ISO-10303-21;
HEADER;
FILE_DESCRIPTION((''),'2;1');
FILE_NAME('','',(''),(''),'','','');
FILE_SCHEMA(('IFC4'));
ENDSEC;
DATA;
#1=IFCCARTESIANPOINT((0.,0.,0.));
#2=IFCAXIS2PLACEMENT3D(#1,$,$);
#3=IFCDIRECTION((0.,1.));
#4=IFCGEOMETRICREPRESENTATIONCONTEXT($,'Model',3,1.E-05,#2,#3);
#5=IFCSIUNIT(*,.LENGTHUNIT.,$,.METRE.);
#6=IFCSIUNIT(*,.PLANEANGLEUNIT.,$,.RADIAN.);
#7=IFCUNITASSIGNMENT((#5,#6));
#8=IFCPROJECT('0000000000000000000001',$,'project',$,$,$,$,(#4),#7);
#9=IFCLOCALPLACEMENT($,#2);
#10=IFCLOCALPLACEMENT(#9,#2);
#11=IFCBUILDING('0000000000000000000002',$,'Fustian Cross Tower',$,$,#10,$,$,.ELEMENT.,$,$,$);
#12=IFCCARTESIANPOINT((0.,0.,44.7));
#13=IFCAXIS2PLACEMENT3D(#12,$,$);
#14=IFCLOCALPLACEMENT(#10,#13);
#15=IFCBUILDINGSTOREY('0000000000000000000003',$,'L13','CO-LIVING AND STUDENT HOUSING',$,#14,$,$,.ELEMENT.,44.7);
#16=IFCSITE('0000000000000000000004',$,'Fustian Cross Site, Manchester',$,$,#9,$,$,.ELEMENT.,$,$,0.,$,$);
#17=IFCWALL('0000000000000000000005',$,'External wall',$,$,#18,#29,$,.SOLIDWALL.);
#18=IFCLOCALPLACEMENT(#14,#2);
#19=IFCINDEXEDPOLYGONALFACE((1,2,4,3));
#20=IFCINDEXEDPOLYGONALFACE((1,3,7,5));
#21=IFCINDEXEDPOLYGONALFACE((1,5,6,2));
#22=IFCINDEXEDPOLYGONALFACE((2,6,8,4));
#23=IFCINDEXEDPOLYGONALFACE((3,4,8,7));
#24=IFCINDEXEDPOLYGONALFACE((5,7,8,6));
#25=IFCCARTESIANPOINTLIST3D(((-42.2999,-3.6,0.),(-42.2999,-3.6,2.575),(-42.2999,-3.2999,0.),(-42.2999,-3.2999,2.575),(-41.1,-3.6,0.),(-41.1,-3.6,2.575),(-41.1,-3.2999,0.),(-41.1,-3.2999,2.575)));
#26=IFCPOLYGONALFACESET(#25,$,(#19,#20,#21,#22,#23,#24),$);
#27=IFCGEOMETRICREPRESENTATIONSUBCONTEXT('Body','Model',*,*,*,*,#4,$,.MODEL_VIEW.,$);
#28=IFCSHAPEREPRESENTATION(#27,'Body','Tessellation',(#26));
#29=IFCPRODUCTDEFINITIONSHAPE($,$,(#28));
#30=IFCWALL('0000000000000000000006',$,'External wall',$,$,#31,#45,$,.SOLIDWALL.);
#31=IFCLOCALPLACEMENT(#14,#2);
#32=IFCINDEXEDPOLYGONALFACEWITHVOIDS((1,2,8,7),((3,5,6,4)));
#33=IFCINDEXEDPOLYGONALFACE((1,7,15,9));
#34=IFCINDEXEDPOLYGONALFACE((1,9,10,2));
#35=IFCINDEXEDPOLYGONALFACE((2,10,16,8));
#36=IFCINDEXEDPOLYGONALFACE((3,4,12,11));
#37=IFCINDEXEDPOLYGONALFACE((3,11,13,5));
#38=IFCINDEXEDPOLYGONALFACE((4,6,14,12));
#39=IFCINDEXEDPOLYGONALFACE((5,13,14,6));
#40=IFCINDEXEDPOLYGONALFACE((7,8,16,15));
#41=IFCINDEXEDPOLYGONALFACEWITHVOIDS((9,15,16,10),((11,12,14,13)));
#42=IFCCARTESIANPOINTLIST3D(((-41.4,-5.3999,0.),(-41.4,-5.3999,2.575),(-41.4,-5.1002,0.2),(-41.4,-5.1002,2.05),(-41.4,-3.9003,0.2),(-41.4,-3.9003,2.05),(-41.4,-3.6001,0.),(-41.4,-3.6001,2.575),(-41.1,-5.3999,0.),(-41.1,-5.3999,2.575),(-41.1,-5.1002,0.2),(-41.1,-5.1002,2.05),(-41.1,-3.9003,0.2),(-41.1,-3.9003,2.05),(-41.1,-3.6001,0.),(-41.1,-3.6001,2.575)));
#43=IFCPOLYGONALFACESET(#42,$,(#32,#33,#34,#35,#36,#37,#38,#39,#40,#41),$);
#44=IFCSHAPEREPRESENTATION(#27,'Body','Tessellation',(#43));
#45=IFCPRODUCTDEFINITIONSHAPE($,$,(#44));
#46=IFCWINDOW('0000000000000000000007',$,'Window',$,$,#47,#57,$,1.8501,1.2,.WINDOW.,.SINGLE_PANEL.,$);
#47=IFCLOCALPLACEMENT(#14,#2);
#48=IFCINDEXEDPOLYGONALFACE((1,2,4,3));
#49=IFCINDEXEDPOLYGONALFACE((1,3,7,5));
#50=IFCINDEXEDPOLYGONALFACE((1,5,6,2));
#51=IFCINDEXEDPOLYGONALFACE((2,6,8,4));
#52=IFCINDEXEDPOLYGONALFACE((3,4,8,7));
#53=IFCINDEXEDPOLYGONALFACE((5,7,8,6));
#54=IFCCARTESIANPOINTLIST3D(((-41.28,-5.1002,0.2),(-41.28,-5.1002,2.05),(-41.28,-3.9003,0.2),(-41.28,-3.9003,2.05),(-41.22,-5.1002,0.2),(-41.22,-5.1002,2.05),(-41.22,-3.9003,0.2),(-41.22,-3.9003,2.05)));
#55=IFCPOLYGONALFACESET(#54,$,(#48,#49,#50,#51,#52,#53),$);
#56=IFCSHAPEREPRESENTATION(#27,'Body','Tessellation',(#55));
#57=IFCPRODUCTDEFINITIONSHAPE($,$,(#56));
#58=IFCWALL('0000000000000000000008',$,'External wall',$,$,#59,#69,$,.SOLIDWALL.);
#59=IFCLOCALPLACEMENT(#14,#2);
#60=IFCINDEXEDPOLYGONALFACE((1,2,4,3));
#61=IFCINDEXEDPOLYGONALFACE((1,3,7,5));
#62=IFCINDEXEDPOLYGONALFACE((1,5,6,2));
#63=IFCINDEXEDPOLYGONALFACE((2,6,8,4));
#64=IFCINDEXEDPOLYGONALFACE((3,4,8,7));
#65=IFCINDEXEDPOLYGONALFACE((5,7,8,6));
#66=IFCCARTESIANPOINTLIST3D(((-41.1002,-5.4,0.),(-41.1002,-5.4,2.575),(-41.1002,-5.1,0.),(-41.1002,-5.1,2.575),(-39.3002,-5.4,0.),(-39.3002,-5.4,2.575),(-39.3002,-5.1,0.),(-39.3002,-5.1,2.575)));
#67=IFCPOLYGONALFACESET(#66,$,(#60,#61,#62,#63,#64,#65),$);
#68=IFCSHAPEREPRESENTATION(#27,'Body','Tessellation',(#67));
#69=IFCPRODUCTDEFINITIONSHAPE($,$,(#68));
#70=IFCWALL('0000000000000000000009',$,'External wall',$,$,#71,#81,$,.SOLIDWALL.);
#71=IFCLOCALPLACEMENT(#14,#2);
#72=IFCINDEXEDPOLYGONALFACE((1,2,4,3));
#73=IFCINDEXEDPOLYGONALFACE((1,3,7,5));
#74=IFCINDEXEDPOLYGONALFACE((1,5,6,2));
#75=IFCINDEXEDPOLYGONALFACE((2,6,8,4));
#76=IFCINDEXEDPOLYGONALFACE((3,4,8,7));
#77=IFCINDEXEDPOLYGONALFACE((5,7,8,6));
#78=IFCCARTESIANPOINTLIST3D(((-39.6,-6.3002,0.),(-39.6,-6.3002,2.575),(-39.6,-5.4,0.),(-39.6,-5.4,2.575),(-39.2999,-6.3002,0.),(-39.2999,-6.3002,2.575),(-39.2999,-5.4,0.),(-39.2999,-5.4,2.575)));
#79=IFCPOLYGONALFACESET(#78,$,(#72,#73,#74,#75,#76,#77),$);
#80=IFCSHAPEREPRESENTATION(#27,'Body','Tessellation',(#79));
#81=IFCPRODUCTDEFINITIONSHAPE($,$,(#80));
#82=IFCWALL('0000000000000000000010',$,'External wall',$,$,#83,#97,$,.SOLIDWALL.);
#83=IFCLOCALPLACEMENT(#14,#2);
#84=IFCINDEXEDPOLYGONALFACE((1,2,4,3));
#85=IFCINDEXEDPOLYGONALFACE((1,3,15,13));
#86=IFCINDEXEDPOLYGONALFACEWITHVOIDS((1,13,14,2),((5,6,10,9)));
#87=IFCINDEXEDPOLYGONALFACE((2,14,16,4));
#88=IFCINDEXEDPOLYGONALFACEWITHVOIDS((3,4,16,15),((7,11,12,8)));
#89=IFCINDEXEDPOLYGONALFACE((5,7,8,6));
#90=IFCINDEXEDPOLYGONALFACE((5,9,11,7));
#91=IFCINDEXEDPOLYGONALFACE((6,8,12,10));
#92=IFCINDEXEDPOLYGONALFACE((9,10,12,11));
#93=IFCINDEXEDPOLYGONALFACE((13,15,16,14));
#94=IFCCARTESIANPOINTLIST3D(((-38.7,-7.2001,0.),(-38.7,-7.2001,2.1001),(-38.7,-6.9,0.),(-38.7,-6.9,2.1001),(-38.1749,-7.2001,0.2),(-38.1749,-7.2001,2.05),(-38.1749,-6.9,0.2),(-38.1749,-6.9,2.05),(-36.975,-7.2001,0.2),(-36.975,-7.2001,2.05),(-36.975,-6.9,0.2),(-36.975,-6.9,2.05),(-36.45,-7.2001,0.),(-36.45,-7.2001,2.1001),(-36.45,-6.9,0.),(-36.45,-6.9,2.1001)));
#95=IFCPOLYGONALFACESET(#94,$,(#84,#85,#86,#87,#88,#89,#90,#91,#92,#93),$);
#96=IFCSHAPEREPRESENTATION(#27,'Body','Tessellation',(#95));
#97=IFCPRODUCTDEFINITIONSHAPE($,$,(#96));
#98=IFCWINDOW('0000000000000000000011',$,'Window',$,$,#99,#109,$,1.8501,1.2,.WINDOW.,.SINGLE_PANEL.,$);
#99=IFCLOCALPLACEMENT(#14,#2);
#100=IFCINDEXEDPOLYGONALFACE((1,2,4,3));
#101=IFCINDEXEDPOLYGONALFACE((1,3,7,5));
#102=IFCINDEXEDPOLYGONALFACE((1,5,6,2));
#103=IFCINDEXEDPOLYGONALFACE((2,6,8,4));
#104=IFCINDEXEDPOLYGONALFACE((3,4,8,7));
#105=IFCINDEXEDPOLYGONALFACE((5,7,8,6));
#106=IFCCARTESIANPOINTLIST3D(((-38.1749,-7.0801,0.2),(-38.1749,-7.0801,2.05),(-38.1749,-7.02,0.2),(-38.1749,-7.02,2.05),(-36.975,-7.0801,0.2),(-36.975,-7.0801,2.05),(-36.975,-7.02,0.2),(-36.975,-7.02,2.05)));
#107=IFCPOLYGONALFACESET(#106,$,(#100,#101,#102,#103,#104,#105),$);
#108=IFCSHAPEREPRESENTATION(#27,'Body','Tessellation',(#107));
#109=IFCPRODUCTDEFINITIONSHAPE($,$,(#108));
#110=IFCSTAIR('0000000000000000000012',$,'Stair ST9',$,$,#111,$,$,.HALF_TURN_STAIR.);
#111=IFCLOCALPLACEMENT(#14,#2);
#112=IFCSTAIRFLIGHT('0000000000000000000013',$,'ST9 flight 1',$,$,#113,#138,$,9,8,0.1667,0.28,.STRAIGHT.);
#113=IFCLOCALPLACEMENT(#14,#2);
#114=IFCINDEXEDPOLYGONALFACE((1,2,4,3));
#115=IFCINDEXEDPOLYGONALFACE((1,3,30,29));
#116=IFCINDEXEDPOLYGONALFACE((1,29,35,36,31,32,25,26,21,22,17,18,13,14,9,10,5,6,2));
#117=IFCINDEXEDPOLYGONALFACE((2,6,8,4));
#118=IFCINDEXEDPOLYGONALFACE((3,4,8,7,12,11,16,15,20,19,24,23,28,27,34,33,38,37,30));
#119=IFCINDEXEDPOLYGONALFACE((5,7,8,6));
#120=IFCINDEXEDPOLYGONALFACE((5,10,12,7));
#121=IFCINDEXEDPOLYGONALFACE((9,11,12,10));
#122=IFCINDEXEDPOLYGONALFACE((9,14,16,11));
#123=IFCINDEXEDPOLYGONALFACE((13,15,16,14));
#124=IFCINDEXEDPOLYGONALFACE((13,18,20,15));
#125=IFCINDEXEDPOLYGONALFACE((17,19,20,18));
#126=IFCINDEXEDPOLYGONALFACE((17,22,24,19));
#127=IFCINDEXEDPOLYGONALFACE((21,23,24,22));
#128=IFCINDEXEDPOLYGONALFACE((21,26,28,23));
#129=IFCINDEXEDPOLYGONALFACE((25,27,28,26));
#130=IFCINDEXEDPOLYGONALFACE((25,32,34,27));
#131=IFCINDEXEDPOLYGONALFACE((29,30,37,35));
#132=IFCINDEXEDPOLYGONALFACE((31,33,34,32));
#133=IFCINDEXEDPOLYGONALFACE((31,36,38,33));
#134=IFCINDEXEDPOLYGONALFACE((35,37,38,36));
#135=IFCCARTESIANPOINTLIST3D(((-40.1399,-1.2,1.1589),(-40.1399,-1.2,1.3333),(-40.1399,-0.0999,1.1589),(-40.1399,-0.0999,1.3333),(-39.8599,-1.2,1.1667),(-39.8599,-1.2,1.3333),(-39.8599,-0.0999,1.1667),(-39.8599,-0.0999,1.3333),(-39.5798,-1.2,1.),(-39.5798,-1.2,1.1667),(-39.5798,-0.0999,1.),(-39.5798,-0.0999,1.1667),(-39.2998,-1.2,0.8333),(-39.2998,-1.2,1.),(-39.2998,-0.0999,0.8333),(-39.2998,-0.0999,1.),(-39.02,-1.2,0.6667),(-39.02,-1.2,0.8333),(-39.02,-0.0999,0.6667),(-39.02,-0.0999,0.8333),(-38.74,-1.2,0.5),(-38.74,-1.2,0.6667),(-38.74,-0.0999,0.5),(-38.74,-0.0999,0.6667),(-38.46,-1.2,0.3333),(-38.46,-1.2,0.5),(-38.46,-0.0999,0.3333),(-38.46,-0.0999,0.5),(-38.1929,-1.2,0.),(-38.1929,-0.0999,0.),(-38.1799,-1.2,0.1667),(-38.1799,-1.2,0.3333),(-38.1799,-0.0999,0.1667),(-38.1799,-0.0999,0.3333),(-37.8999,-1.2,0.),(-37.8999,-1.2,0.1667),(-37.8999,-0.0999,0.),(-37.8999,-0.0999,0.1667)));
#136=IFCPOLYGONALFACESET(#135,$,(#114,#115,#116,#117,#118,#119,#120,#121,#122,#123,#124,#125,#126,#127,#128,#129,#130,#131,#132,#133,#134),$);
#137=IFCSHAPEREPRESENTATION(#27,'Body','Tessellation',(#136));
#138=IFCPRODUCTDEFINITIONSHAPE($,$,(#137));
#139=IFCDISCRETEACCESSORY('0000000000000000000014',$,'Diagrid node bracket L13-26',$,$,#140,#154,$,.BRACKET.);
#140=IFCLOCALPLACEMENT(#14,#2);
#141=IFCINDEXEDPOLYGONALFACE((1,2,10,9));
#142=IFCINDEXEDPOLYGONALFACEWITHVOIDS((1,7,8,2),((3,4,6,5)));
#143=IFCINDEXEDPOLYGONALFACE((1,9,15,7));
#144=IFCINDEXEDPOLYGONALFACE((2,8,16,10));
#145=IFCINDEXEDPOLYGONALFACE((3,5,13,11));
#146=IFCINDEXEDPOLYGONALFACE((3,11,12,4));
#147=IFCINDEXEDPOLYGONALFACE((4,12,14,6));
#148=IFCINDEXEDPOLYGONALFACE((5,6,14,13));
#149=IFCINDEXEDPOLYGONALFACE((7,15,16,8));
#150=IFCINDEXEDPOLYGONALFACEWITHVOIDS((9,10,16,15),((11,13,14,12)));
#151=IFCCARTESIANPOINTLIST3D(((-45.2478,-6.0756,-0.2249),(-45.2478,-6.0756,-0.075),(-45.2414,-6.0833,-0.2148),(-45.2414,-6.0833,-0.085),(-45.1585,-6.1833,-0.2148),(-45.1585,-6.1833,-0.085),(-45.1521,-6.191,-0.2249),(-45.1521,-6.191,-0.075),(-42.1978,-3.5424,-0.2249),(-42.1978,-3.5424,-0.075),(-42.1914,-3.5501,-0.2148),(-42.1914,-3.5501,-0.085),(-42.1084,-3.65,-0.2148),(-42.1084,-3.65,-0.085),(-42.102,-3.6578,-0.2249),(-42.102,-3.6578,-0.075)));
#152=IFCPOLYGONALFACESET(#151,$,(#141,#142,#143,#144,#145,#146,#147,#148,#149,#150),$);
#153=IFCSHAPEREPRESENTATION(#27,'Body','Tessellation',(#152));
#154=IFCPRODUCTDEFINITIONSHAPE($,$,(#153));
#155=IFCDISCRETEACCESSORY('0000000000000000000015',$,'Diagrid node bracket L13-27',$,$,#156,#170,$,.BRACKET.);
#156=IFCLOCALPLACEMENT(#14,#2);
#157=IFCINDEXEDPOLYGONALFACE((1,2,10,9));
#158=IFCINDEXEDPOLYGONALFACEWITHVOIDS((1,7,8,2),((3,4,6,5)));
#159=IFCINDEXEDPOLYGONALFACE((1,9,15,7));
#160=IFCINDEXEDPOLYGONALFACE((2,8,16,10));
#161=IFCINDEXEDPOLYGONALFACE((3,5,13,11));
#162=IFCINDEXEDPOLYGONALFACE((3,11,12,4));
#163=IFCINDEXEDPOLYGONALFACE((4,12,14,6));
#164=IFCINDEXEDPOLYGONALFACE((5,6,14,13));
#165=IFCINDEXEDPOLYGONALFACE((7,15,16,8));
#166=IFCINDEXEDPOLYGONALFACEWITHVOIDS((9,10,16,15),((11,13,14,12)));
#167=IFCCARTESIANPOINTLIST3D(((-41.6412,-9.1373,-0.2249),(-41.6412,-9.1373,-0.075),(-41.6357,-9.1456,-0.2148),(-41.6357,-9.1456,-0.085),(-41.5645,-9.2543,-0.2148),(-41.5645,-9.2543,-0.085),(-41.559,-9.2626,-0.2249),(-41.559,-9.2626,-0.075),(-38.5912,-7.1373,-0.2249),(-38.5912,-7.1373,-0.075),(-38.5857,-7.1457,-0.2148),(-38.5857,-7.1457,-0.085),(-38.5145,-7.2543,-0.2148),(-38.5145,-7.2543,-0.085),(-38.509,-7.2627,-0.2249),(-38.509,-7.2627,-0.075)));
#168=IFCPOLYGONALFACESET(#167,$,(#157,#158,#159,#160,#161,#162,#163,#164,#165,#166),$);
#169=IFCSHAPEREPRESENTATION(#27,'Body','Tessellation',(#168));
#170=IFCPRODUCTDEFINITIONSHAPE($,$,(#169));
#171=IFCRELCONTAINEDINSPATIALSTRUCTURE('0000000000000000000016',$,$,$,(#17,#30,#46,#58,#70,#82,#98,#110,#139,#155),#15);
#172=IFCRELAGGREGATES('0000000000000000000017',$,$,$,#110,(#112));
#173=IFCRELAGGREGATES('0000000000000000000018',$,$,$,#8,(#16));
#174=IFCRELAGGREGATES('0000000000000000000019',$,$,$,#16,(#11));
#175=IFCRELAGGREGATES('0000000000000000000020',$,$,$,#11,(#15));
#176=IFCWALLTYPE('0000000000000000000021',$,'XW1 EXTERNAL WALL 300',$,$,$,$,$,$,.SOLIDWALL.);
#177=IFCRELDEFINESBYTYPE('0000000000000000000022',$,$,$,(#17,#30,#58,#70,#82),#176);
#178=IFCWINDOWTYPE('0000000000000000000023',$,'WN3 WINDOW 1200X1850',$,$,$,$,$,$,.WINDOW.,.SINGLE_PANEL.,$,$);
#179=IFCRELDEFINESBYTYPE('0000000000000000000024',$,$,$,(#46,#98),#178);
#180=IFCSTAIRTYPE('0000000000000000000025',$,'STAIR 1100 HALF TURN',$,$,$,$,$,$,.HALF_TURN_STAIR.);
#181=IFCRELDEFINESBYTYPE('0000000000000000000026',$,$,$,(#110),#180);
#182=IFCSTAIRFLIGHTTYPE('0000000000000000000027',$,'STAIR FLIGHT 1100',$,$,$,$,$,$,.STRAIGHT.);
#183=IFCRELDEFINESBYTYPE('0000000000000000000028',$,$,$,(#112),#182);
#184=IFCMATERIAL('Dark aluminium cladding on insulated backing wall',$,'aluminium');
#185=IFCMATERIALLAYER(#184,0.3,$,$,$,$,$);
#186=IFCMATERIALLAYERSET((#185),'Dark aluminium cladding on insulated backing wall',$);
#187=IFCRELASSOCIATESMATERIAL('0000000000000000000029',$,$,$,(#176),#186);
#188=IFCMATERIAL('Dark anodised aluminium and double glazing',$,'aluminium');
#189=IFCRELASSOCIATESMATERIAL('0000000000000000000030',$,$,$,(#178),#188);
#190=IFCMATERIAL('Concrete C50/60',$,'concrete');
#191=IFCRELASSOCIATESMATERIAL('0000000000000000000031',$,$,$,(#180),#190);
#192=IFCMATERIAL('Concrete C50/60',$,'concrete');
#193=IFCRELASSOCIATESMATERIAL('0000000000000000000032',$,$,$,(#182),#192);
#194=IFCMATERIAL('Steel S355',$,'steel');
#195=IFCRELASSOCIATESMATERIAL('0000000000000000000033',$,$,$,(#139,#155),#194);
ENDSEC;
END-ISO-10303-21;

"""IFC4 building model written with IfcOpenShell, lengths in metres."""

from ifc_helpers import new_model, si_unit, direction, frame, frame_2d, origin, origin_2d, place, context, subcontext, project, spatial, polyline, rectangle, hollow_rectangle, outline, extrude, material, layer, layer_set, type_object, element, fill, aggregate, save


model = new_model("IFC4")

# Units and contexts
model_context = context("Model", 3, precision=1e-05, world=origin(), true_north=direction((0.0, 1.0)))
body_context = subcontext(model_context, "Body", "Model", "MODEL_VIEW")
ifc_project = project(units=[si_unit("LENGTHUNIT", "METRE"), si_unit("PLANEANGLEUNIT", "RADIAN")], contexts=[model_context])

# Site, building, storey
site_placement = place(None, origin())
site = spatial("IfcSite", under=ifc_project, at=site_placement, Name="Fustian Cross Site, Manchester", CompositionType="ELEMENT", RefElevation=0.0)
building_placement = place(site_placement, origin())
building = spatial("IfcBuilding", under=site, at=building_placement, Name="Fustian Cross Tower", CompositionType="ELEMENT")
storey_placement = place(building_placement, frame((0.0, 0.0, 44.7)))
storey = spatial("IfcBuildingStorey", under=building, at=storey_placement, Name="L13", Description="CO-LIVING AND STUDENT HOUSING", CompositionType="ELEMENT", Elevation=44.7)

# Wall
ifc_material_1 = material(Name="Dark aluminium cladding on insulated backing wall", Category="aluminium")
ifc_layer_1 = layer(ifc_material_1, 0.3)
ifc_layer_set_1 = layer_set([ifc_layer_1], Name="Dark aluminium cladding on insulated backing wall")
wall_type_1 = type_object("IfcWallType", Name="XW1 EXTERNAL WALL 300", PredefinedType="SOLIDWALL", material=ifc_layer_set_1)
wall_1_placement = place(storey_placement, frame((-42.3, -3.45, 0.0), z_axis=(0.0, 0.0, 1.0), x_axis=(1.0, 0.0, 0.0)))
element("IfcWall", 1, at=wall_1_placement, inside=storey, type_object=wall_type_1, Name="External wall", PredefinedType="SOLIDWALL", context=body_context, shape_type="SweptSolid", body=[
    extrude(rectangle(XDim=1.2, YDim=0.3, at=frame_2d((0.6001, 0.0))), origin(), (0.0, 0.0, 1.0), 2.575),
])

# Wall, opening, window
wall_2_placement = place(storey_placement, frame((-41.25, -3.6001, 0.0), z_axis=(0.0, 0.0, 1.0), x_axis=(0.0, -1.0, 0.0)))
wall_2 = element("IfcWall", 2, at=wall_2_placement, inside=storey, type_object=wall_type_1, Name="External wall", PredefinedType="SOLIDWALL", context=body_context, shape_type="SweptSolid", body=[
    extrude(rectangle(XDim=1.7998, YDim=0.3, at=frame_2d((0.8999, 0.0))), origin(), (0.0, 0.0, 1.0), 2.575),
])
opening_1_placement = place(wall_2_placement, frame((0.3, 0.0, 0.2)))
opening_1 = element("IfcOpeningElement", 3, at=opening_1_placement, cuts=wall_2, PredefinedType="OPENING", context=body_context, shape_type="SweptSolid", body=[
    extrude(rectangle(XDim=1.2, YDim=1.8501, at=frame_2d((0.6001, 0.925))), frame((0.0, 0.1599, 0.0), z_axis=(0.0, -1.0, 0.0), x_axis=(1.0, 0.0, 0.0)), (0.0, 0.0, 1.0), 0.3201),
])
ifc_material_2 = material(Name="Dark anodised aluminium and double glazing", Category="aluminium")
window_type = type_object("IfcWindowType", Name="WN3 WINDOW 1200X1850", PartitioningType="SINGLE_PANEL", PredefinedType="WINDOW", material=ifc_material_2)
window_1_placement = place(opening_1_placement, origin())
window_1 = element("IfcWindow", 4, at=window_1_placement, inside=storey, type_object=window_type, Name="Window", OverallHeight=1.8501, OverallWidth=1.2, PartitioningType="SINGLE_PANEL", PredefinedType="WINDOW", context=body_context, shape_type="SweptSolid", body=[
    extrude(rectangle(XDim=1.2, YDim=1.8501, at=frame_2d((0.6001, 0.925))), frame((0.0, 0.03, 0.0), z_axis=(0.0, -1.0, 0.0), x_axis=(1.0, 0.0, 0.0)), (0.0, 0.0, 1.0), 0.0601),
])
fill(opening_1, window_1)

# Walls
wall_3_placement = place(storey_placement, frame((-41.1001, -5.25, 0.0), z_axis=(0.0, 0.0, 1.0), x_axis=(1.0, 0.0, 0.0)))
element("IfcWall", 5, at=wall_3_placement, inside=storey, type_object=wall_type_1, Name="External wall", PredefinedType="SOLIDWALL", context=body_context, shape_type="SweptSolid", body=[
    extrude(rectangle(XDim=1.8, YDim=0.3, at=frame_2d((0.8999, 0.0))), origin(), (0.0, 0.0, 1.0), 2.575),
])
wall_4_placement = place(storey_placement, frame((-39.45, -5.3999, 0.0), z_axis=(0.0, 0.0, 1.0), x_axis=(0.0, -1.0, 0.0)))
element("IfcWall", 6, at=wall_4_placement, inside=storey, type_object=wall_type_1, Name="External wall", PredefinedType="SOLIDWALL", context=body_context, shape_type="SweptSolid", body=[
    extrude(rectangle(XDim=0.9001, YDim=0.3, at=frame_2d((0.4502, 0.0))), origin(), (0.0, 0.0, 1.0), 2.575),
])

# Wall, opening, window
wall_5_placement = place(storey_placement, frame((-38.7, -7.05, 0.0), z_axis=(0.0, 0.0, 1.0), x_axis=(1.0, 0.0, 0.0)))
wall_5 = element("IfcWall", 7, at=wall_5_placement, inside=storey, type_object=wall_type_1, Name="External wall", PredefinedType="SOLIDWALL", context=body_context, shape_type="SweptSolid", body=[
    extrude(rectangle(XDim=2.25, YDim=0.3, at=frame_2d((1.125, 0.0))), origin(), (0.0, 0.0, 1.0), 2.1001),
])
opening_2_placement = place(wall_5_placement, frame((0.5249, 0.0, 0.2)))
opening_2 = element("IfcOpeningElement", 8, at=opening_2_placement, cuts=wall_5, PredefinedType="OPENING", context=body_context, shape_type="SweptSolid", body=[
    extrude(rectangle(XDim=1.2, YDim=1.8501, at=frame_2d((0.6001, 0.925))), frame((0.0, 0.1599, 0.0), z_axis=(0.0, -1.0, 0.0), x_axis=(1.0, 0.0, 0.0)), (0.0, 0.0, 1.0), 0.3201),
])
window_2_placement = place(opening_2_placement, origin())
window_2 = element("IfcWindow", 9, at=window_2_placement, inside=storey, type_object=window_type, Name="Window", OverallHeight=1.8501, OverallWidth=1.2, PartitioningType="SINGLE_PANEL", PredefinedType="WINDOW", context=body_context, shape_type="SweptSolid", body=[
    extrude(rectangle(XDim=1.2, YDim=1.8501, at=frame_2d((0.6001, 0.925))), frame((0.0, 0.03, 0.0), z_axis=(0.0, -1.0, 0.0), x_axis=(1.0, 0.0, 0.0)), (0.0, 0.0, 1.0), 0.0601),
])
fill(opening_2, window_2)

# Stair, stair flight
ifc_material_3 = material(Name="Concrete C50/60", Category="concrete")
stair_type = type_object("IfcStairType", Name="STAIR 1100 HALF TURN", PredefinedType="HALF_TURN_STAIR", material=ifc_material_3)
stair_placement = place(storey_placement, origin())
stair = element("IfcStair", 10, at=stair_placement, inside=storey, type_object=stair_type, Name="Stair ST9", PredefinedType="HALF_TURN_STAIR")
ifc_material_4 = material(Name="Concrete C50/60", Category="concrete")
stair_flight_type = type_object("IfcStairFlightType", Name="STAIR FLIGHT 1100", PredefinedType="STRAIGHT", material=ifc_material_4)
stair_flight_placement = place(storey_placement, frame((-37.8999, -0.6499, 0.0), z_axis=(0.0, 0.0, 1.0), x_axis=(-1.0, 0.0, 0.0)))
stair_flight = element("IfcStairFlight", 11, at=stair_flight_placement, type_object=stair_flight_type, Name="ST9 flight 1", NumberOfRisers=9, NumberOfTreads=8, PredefinedType="STRAIGHT", RiserHeight=0.1667, TreadLength=0.28, context=body_context, shape_type="SweptSolid", body=[
    extrude(outline(polyline([(0.0, 0.0), (0.0, 0.1667), (0.28, 0.1667), (0.28, 0.3333), (0.5601, 0.3333), (0.5601, 0.5), (0.8401, 0.5), (0.8401, 0.6667), (1.1201, 0.6667), (1.1201, 0.8333), (1.3999, 0.8333), (1.3999, 1.0), (1.6799, 1.0), (1.6799, 1.1667), (1.96, 1.1667), (1.96, 1.3333), (2.24, 1.3333), (2.24, 1.5), (2.24, 1.1589), (0.293, 0.0), (0.0, 0.0)])), frame((0.0, 0.55, 0.0), z_axis=(0.0, -1.0, 0.0), x_axis=(1.0, 0.0, 0.0)), (0.0, 0.0, 1.0), 1.1001),
])
aggregate(stair, [stair_flight])

# Discrete accessories
ifc_material_5 = material(Name="Steel S355", Category="steel")
discrete_accessory_1_placement = place(storey_placement, frame((-45.2, -6.1333, -0.1499), z_axis=(0.769275, 0.638918, 0.0), x_axis=(-0.638918, 0.769275, 0.0)))
element("IfcDiscreteAccessory", 12, at=discrete_accessory_1_placement, inside=storey, material=ifc_material_5, Name="Diagrid node bracket L13-26", PredefinedType="BRACKET", context=body_context, shape_type="SweptSolid", body=[
    extrude(hollow_rectangle(XDim=0.1499, YDim=0.1499, WallThickness=0.01, at=origin_2d()), origin(), (0.0, 0.0, 1.0), 3.9648),
])
discrete_accessory_2_placement = place(storey_placement, frame((-41.6001, -9.2, -0.1499), z_axis=(0.836248, 0.548351, 0.0), x_axis=(-0.548351, 0.836248, 0.0)))
element("IfcDiscreteAccessory", 13, at=discrete_accessory_2_placement, inside=storey, material=ifc_material_5, Name="Diagrid node bracket L13-27", PredefinedType="BRACKET", context=body_context, shape_type="SweptSolid", body=[
    extrude(hollow_rectangle(XDim=0.1499, YDim=0.1499, WallThickness=0.01, at=origin_2d()), origin(), (0.0, 0.0, 1.0), 3.6472),
])

save(model, "model.ifc")
